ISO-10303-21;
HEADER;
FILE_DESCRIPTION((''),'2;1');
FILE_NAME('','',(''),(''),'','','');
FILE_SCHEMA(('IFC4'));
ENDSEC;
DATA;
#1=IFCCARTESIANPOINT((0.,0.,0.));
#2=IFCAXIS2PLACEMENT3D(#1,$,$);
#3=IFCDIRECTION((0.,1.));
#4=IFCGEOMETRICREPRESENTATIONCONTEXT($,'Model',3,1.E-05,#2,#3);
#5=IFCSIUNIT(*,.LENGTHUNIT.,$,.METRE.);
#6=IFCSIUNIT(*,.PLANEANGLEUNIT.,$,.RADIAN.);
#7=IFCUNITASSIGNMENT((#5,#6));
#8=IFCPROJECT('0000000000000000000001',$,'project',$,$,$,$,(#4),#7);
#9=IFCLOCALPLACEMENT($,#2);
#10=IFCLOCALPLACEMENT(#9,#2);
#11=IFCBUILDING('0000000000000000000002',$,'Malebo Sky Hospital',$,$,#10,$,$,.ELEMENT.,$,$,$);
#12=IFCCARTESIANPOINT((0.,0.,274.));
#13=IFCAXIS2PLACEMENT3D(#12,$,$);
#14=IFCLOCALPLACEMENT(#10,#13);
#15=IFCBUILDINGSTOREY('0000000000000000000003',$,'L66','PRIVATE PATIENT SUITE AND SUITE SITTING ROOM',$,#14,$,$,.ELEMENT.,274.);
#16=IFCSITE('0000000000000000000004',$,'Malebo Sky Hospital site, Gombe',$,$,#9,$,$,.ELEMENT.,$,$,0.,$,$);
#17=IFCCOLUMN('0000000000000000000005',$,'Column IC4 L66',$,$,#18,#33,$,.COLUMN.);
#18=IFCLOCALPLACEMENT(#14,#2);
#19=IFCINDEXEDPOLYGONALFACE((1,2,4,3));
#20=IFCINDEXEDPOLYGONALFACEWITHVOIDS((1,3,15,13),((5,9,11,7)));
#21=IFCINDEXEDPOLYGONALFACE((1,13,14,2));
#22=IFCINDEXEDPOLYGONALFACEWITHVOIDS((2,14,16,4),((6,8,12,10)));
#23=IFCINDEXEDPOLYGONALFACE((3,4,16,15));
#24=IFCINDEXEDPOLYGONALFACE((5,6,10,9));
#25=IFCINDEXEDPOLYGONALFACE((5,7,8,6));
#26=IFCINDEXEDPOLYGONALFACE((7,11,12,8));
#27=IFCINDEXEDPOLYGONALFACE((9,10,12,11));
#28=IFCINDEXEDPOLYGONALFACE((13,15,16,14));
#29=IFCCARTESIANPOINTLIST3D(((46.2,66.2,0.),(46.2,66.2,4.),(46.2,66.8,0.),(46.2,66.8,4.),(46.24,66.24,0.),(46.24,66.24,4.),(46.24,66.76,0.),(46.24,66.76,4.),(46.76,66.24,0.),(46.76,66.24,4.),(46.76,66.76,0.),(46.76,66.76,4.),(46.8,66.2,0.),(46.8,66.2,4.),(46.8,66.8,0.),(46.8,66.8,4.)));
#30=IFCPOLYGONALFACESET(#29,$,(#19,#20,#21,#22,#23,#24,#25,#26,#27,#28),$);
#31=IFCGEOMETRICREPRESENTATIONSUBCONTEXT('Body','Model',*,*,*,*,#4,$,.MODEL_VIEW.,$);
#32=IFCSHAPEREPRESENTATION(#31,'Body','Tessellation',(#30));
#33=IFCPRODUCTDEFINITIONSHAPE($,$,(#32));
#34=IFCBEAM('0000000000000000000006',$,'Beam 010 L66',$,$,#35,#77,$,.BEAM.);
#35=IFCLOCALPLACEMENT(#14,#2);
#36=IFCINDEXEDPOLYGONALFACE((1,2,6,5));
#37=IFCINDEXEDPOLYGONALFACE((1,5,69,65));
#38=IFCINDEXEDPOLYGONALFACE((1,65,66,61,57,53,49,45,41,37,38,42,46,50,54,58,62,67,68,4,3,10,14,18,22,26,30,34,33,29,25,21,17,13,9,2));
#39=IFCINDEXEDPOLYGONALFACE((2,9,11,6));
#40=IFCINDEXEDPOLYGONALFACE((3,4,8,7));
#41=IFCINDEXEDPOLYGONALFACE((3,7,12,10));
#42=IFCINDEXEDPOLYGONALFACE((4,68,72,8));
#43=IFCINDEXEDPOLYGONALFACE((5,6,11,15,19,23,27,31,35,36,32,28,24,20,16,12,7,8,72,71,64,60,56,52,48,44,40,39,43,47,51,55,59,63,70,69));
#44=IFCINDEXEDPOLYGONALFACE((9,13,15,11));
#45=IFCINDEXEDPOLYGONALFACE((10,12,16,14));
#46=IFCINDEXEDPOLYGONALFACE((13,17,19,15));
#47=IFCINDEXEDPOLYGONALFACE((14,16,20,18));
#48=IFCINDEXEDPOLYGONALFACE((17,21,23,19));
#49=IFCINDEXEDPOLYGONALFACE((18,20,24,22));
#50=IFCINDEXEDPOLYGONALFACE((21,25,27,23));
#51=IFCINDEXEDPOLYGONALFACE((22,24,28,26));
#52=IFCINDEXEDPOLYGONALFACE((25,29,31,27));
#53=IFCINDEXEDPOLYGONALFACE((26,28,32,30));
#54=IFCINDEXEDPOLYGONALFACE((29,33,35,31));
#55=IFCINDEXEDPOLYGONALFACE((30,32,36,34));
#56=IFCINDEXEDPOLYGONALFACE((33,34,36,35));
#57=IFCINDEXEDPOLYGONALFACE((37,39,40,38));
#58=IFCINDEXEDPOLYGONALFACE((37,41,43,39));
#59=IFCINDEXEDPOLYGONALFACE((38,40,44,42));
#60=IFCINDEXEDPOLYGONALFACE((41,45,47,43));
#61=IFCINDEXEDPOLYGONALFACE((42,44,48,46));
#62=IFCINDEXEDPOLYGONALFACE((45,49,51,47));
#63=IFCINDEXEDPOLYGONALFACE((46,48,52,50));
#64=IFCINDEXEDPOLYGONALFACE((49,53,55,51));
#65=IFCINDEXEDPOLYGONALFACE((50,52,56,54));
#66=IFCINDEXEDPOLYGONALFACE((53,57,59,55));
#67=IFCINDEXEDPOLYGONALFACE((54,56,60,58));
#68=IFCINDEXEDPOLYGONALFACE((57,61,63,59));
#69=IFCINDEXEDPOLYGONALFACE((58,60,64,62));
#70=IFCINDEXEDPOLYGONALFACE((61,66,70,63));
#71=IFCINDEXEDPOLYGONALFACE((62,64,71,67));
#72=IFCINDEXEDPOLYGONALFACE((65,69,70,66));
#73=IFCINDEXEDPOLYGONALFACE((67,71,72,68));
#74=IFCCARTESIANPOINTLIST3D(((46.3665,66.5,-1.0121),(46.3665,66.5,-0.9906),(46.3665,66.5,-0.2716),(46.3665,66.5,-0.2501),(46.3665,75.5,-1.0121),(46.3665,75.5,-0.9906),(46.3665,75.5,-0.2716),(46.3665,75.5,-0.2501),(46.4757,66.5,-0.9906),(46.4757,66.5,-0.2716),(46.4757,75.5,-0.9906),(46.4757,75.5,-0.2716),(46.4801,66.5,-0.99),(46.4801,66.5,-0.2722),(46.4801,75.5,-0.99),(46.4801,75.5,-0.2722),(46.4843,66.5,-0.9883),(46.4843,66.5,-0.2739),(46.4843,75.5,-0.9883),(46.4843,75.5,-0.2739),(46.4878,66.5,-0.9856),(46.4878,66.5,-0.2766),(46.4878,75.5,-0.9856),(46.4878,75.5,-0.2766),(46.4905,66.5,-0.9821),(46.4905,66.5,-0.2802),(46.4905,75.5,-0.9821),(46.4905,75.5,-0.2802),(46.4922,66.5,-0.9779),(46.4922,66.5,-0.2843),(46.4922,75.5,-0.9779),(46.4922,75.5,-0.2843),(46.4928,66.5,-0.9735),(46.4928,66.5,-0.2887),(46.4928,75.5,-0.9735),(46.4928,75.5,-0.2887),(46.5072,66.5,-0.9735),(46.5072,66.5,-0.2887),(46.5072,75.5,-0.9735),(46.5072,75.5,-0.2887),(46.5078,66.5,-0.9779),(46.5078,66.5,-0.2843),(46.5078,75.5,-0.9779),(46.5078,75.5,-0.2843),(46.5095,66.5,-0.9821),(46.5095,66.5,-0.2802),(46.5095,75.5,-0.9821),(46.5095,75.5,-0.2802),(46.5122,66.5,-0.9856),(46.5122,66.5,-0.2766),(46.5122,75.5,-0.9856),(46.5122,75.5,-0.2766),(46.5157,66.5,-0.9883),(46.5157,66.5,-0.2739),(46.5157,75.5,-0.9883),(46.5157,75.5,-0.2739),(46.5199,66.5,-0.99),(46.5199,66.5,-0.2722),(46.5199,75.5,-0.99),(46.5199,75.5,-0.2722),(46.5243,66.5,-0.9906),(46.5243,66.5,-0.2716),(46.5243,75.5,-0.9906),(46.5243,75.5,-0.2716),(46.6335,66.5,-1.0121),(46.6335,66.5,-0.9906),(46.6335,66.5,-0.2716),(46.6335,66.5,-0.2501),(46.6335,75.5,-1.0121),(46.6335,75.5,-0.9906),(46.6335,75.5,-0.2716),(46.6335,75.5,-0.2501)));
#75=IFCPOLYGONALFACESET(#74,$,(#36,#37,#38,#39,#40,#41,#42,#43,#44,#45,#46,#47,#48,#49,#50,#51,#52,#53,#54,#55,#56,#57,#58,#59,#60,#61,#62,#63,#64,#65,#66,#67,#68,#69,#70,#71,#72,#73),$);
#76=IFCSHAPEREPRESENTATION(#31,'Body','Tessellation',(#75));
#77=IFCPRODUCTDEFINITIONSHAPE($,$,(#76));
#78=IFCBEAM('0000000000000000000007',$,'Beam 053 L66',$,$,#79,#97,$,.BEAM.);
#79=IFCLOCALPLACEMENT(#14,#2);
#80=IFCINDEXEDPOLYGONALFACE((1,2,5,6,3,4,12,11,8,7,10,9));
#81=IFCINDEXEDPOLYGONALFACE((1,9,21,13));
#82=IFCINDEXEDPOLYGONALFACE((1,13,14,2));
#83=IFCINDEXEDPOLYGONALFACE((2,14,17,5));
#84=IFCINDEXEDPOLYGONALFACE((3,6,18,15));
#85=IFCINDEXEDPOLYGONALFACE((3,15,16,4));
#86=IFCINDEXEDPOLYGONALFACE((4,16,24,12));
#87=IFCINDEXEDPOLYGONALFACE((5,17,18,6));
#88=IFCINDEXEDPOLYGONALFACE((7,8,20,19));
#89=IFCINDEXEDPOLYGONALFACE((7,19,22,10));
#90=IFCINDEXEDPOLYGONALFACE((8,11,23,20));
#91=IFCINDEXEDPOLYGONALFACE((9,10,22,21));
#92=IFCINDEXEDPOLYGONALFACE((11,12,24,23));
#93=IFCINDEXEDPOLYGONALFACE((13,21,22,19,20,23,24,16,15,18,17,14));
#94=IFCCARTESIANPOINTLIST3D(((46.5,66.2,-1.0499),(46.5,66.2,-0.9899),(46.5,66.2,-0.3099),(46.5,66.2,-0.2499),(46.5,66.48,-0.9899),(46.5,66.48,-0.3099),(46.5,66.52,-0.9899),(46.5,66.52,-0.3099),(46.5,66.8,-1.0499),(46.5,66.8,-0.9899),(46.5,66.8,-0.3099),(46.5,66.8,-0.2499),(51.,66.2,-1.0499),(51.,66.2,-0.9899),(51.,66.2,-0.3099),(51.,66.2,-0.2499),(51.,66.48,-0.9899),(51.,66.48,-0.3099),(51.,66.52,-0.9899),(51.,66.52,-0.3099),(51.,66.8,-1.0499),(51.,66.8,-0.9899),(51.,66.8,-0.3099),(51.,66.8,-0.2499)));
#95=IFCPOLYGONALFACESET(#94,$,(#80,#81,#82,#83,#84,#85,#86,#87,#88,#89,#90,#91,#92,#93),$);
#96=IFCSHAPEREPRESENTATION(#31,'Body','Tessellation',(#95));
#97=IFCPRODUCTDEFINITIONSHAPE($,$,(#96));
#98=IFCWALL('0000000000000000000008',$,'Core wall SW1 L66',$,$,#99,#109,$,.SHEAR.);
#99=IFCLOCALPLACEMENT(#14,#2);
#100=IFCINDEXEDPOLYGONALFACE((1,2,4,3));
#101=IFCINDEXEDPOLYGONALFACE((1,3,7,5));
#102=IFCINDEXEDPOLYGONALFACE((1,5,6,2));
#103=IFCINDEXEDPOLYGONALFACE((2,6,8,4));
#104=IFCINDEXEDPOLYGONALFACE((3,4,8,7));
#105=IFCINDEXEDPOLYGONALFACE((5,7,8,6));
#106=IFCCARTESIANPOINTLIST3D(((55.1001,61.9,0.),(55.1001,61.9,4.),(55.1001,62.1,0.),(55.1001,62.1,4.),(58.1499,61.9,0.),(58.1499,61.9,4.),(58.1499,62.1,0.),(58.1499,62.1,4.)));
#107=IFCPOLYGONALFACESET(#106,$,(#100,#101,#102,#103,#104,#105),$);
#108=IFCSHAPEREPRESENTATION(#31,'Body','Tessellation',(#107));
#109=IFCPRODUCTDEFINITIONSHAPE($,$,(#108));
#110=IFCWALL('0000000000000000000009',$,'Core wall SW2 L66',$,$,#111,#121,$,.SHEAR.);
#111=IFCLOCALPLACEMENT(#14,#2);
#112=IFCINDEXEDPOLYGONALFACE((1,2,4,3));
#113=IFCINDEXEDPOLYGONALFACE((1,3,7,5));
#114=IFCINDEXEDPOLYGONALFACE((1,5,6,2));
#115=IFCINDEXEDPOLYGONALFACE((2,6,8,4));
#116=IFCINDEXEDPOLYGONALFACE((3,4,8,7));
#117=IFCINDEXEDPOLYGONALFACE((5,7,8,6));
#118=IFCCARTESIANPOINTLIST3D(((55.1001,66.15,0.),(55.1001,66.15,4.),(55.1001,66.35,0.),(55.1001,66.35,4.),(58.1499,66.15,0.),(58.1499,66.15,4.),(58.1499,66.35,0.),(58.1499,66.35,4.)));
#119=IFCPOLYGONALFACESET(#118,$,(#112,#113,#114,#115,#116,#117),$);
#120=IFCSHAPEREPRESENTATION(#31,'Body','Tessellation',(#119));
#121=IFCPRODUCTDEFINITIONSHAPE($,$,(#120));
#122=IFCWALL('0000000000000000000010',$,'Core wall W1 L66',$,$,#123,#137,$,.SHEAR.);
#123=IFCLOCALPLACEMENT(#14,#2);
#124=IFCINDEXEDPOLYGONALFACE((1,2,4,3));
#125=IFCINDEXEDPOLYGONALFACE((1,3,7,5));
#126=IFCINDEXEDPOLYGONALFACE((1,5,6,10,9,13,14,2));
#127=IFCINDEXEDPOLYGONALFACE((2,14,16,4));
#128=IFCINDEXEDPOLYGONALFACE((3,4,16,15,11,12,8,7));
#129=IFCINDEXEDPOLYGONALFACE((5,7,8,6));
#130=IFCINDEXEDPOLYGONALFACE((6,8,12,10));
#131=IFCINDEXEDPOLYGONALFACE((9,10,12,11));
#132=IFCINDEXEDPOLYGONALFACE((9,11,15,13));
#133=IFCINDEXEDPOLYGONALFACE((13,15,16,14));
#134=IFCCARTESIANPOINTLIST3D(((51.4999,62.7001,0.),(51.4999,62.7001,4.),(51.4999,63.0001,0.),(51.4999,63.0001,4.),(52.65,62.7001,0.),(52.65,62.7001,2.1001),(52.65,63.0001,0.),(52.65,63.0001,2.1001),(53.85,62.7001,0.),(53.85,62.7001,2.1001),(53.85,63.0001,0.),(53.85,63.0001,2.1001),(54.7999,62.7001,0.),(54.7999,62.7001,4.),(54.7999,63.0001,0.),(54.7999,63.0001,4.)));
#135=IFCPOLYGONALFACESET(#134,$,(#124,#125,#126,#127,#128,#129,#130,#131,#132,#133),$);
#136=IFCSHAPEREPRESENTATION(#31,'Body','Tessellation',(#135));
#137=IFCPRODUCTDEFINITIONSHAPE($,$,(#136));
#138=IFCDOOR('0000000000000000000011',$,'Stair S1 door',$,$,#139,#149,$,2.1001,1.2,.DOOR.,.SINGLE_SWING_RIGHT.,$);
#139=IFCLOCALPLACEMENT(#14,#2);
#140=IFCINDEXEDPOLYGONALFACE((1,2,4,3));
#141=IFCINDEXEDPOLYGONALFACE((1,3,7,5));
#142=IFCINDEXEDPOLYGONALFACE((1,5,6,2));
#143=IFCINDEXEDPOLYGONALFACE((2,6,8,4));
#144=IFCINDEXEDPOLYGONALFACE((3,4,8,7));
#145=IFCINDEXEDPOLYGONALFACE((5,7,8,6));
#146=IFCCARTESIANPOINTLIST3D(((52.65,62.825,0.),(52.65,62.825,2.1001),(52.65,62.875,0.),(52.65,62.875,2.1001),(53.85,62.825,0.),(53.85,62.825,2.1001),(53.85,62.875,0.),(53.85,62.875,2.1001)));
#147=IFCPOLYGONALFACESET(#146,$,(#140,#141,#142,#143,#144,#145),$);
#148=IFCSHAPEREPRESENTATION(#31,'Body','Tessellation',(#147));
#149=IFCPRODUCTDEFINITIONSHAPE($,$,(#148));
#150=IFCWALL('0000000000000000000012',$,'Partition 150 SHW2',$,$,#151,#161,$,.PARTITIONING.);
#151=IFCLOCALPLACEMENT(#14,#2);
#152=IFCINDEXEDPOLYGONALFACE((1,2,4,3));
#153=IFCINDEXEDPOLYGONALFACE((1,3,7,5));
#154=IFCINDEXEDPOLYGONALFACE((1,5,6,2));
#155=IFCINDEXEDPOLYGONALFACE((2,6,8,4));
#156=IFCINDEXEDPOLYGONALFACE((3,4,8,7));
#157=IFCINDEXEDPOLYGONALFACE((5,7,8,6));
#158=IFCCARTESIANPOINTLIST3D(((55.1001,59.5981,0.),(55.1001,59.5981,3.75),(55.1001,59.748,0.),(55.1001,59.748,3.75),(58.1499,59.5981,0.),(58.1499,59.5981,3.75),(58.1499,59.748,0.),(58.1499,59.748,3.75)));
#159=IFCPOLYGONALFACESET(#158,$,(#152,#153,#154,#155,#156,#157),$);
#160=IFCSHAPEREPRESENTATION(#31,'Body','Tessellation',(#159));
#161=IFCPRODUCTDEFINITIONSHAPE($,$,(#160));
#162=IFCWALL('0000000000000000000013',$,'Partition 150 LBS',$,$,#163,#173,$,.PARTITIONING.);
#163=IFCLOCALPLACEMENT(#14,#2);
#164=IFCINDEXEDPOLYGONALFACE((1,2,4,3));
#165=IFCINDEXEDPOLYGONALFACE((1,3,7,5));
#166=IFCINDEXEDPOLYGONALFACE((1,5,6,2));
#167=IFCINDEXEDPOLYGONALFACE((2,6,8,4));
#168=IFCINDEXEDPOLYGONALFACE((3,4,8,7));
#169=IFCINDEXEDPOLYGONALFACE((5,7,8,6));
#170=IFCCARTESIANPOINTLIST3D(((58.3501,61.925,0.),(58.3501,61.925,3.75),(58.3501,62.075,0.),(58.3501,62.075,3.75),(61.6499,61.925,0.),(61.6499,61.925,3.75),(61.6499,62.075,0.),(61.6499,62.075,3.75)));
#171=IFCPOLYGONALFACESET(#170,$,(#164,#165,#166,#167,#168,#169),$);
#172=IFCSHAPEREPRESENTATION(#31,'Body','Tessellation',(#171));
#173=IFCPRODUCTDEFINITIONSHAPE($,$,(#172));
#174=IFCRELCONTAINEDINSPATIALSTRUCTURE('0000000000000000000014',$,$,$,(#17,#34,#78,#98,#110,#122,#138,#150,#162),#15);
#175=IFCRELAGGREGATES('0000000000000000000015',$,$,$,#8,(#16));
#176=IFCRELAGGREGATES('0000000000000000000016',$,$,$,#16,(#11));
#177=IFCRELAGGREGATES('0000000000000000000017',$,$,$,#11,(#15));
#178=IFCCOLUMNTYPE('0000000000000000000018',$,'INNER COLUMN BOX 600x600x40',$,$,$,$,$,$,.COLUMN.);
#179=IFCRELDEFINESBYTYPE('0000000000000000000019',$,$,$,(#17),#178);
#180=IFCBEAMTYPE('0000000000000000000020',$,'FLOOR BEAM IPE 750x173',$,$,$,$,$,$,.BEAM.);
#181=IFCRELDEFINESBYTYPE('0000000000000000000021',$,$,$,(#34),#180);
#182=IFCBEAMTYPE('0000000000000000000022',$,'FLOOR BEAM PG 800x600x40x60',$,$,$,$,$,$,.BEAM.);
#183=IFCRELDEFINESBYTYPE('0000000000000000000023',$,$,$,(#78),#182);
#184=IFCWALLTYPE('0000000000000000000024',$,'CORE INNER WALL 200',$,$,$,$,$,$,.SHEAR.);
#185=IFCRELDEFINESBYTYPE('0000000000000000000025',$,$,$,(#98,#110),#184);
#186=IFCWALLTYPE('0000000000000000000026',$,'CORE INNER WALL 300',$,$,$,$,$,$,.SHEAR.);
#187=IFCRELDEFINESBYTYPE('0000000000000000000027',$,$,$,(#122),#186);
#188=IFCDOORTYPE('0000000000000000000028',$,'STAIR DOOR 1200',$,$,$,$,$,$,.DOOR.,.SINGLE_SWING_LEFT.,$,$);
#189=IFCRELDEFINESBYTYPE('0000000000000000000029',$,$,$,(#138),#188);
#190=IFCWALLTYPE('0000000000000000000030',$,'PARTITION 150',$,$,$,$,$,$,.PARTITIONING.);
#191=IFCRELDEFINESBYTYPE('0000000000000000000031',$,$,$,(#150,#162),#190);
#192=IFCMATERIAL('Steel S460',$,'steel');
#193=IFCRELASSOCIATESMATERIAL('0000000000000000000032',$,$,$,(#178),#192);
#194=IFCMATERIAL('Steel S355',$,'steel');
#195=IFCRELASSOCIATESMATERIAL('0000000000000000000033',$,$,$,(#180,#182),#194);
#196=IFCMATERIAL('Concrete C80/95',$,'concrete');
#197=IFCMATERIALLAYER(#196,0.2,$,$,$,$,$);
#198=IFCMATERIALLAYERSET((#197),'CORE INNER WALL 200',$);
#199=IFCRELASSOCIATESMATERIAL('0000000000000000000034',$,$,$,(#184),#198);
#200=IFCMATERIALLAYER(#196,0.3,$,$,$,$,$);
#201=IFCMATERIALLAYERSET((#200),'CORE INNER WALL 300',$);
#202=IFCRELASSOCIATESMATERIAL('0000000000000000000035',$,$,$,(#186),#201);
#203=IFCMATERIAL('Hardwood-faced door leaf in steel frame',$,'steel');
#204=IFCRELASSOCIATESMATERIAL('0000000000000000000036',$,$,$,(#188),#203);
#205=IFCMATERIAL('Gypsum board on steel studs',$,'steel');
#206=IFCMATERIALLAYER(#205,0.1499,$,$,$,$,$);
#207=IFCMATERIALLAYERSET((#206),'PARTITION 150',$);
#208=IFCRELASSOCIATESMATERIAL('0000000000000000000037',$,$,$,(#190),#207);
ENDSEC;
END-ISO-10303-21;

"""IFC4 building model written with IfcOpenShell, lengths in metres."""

from ifc_helpers import new_model, si_unit, direction, frame, frame_2d, origin, origin_2d, place, context, subcontext, project, spatial, rectangle, hollow_rectangle, i_section, extrude, material, layer, layer_set, material_profile, profile_set, type_object, element, fill, save


model = new_model("IFC4")

# Units and contexts
model_context = context("Model", 3, precision=1e-05, world=origin(), true_north=direction((0.0, 1.0)))
body_context = subcontext(model_context, "Body", "Model", "MODEL_VIEW")
ifc_project = project(units=[si_unit("LENGTHUNIT", "METRE"), si_unit("PLANEANGLEUNIT", "RADIAN")], contexts=[model_context])

# Site, building, storey
site_placement = place(None, origin())
site = spatial("IfcSite", under=ifc_project, at=site_placement, Name="Malebo Sky Hospital site, Gombe", CompositionType="ELEMENT", RefElevation=0.0)
building_placement = place(site_placement, origin())
building = spatial("IfcBuilding", under=site, at=building_placement, Name="Malebo Sky Hospital", CompositionType="ELEMENT")
storey_placement = place(building_placement, frame((0.0, 0.0, 274.0)))
storey = spatial("IfcBuildingStorey", under=building, at=storey_placement, Name="L66", Description="PRIVATE PATIENT SUITE AND SUITE SITTING ROOM", CompositionType="ELEMENT", Elevation=274.0)

# Column
ifc_material_1 = material(Name="Steel S460", Category="steel")
ifc_material_profile_1 = material_profile(ifc_material_1, hollow_rectangle(XDim=0.6001, YDim=0.6001, WallThickness=0.04, at=origin_2d()), Name="BOX 600x600x40")
ifc_profile_set_1 = profile_set([ifc_material_profile_1], Name="Steel S460")
column_type = type_object("IfcColumnType", Name="INNER COLUMN BOX 600x600x40", PredefinedType="COLUMN", material=ifc_profile_set_1)
column_placement = place(storey_placement, frame((46.5, 66.5, 0.0), z_axis=(0.0, 0.0, 1.0), x_axis=(1.0, 0.0, 0.0)))
element("IfcColumn", 1, at=column_placement, inside=storey, type_object=column_type, Name="Column IC4 L66", PredefinedType="COLUMN", context=body_context, shape_type="SweptSolid", body=[
    extrude(hollow_rectangle(XDim=0.6001, YDim=0.6001, WallThickness=0.04, at=origin_2d()), origin(), (0.0, 0.0, 1.0), 4.0),
])

# Beams
ifc_material_2 = material(Name="Steel S355", Category="steel")
ifc_material_profile_2 = material_profile(ifc_material_2, i_section(OverallWidth=0.2671, OverallDepth=0.762, WebThickness=0.0144, FlangeThickness=0.0215, FilletRadius=0.0171, at=origin_2d()), Name="IPE 750x173")
ifc_profile_set_2 = profile_set([ifc_material_profile_2], Name="Steel S355")
beam_type_1 = type_object("IfcBeamType", Name="FLOOR BEAM IPE 750x173", PredefinedType="BEAM", material=ifc_profile_set_2)
beam_1_placement = place(storey_placement, frame((46.5, 66.5, -0.6311), z_axis=(0.0, 1.0, 0.0), x_axis=(-1.0, 0.0, 0.0)))
element("IfcBeam", 2, at=beam_1_placement, inside=storey, type_object=beam_type_1, Name="Beam 010 L66", PredefinedType="BEAM", context=body_context, shape_type="SweptSolid", body=[
    extrude(i_section(OverallWidth=0.2671, OverallDepth=0.762, WebThickness=0.0144, FlangeThickness=0.0215, FilletRadius=0.0171, at=origin_2d()), origin(), (0.0, 0.0, 1.0), 9.0),
])
ifc_material_profile_3 = material_profile(ifc_material_2, i_section(OverallWidth=0.6001, OverallDepth=0.8, WebThickness=0.04, FlangeThickness=0.0601, at=origin_2d()), Name="PG 800x600x40x60")
ifc_profile_set_3 = profile_set([ifc_material_profile_3], Name="Steel S355")
beam_type_2 = type_object("IfcBeamType", Name="FLOOR BEAM PG 800x600x40x60", PredefinedType="BEAM", material=ifc_profile_set_3)
beam_2_placement = place(storey_placement, frame((46.5, 66.5, -0.6499), z_axis=(1.0, 0.0, 0.0), x_axis=(0.0, 1.0, 0.0)))
element("IfcBeam", 3, at=beam_2_placement, inside=storey, type_object=beam_type_2, Name="Beam 053 L66", PredefinedType="BEAM", context=body_context, shape_type="SweptSolid", body=[
    extrude(i_section(OverallWidth=0.6001, OverallDepth=0.8, WebThickness=0.04, FlangeThickness=0.0601, at=origin_2d()), origin(), (0.0, 0.0, 1.0), 4.5),
])

# Walls
ifc_material_3 = material(Name="Concrete C80/95", Category="concrete")
ifc_layer_1 = layer(ifc_material_3, 0.2)
ifc_layer_set_1 = layer_set([ifc_layer_1], Name="CORE INNER WALL 200")
wall_type_1 = type_object("IfcWallType", Name="CORE INNER WALL 200", PredefinedType="SHEAR", material=ifc_layer_set_1)
for number, where, z_axis, x_axis, name in (
    (4, (55.1001, 62.0, 0.0), (0.0, 0.0, 1.0), (1.0, 0.0, 0.0), "Core wall SW1 L66"),
    (5, (55.1001, 66.25, 0.0), (0.0, 0.0, 1.0), (1.0, 0.0, 0.0), "Core wall SW2 L66"),
):
    element("IfcWall", number, at=place(storey_placement, frame(where, z_axis=z_axis, x_axis=x_axis)), inside=storey, type_object=wall_type_1, Name=name, PredefinedType="SHEAR", context=body_context, shape_type="SweptSolid", body=[
        extrude(rectangle(XDim=3.0498, YDim=0.2, at=frame_2d((1.5249, 0.0))), origin(), (0.0, 0.0, 1.0), 4.0),
    ])

# Wall, opening, door
ifc_layer_2 = layer(ifc_material_3, 0.3)
ifc_layer_set_2 = layer_set([ifc_layer_2], Name="CORE INNER WALL 300")
wall_type_2 = type_object("IfcWallType", Name="CORE INNER WALL 300", PredefinedType="SHEAR", material=ifc_layer_set_2)
wall_1_placement = place(storey_placement, frame((51.5, 62.8501, 0.0), z_axis=(0.0, 0.0, 1.0), x_axis=(1.0, 0.0, 0.0)))
wall_1 = element("IfcWall", 6, at=wall_1_placement, inside=storey, type_object=wall_type_2, Name="Core wall W1 L66", PredefinedType="SHEAR", context=body_context, shape_type="SweptSolid", body=[
    extrude(rectangle(XDim=3.3, YDim=0.3, at=frame_2d((1.6499, 0.0))), origin(), (0.0, 0.0, 1.0), 4.0),
])
opening_1_placement = place(wall_1_placement, frame((1.1499, 0.0, 0.0)))
opening_1 = element("IfcOpeningElement", 7, at=opening_1_placement, cuts=wall_1, PredefinedType="OPENING", context=body_context, shape_type="SweptSolid", body=[
    extrude(rectangle(XDim=1.2, YDim=2.1001, at=frame_2d((0.6001, 1.05))), frame((0.0, 0.1599, 0.0), z_axis=(0.0, -1.0, 0.0), x_axis=(1.0, 0.0, 0.0)), (0.0, 0.0, 1.0), 0.3201),
])
ifc_material_4 = material(Name="Hardwood-faced door leaf in steel frame", Category="steel")
door_type_1 = type_object("IfcDoorType", Name="STAIR DOOR 1200", OperationType="SINGLE_SWING_LEFT", PredefinedType="DOOR", material=ifc_material_4)
door_1_placement = place(opening_1_placement, origin())
door_1 = element("IfcDoor", 8, at=door_1_placement, inside=storey, type_object=door_type_1, Name="Stair S1 door", OperationType="SINGLE_SWING_RIGHT", OverallHeight=2.1001, OverallWidth=1.2, PredefinedType="DOOR", context=body_context, shape_type="SweptSolid", body=[
    extrude(rectangle(XDim=1.2, YDim=2.1001, at=frame_2d((0.6001, 1.05))), frame((0.0, 0.0249, 0.0), z_axis=(0.0, -1.0, 0.0), x_axis=(1.0, 0.0, 0.0)), (0.0, 0.0, 1.0), 0.05),
])
fill(opening_1, door_1)

# Walls
ifc_material_5 = material(Name="Gypsum board on steel studs", Category="steel")
ifc_layer_3 = layer(ifc_material_5, 0.1499)
ifc_layer_set_3 = layer_set([ifc_layer_3], Name="PARTITION 150")
wall_type_3 = type_object("IfcWallType", Name="PARTITION 150", PredefinedType="PARTITIONING", material=ifc_layer_set_3)
wall_2_placement = place(storey_placement, frame((55.1001, 59.6731, 0.0), z_axis=(0.0, 0.0, 1.0), x_axis=(1.0, 0.0, 0.0)))
element("IfcWall", 9, at=wall_2_placement, inside=storey, type_object=wall_type_3, Name="Partition 150 SHW2", PredefinedType="PARTITIONING", context=body_context, shape_type="SweptSolid", body=[
    extrude(rectangle(XDim=3.0498, YDim=0.1499, at=frame_2d((1.5249, 0.0))), origin(), (0.0, 0.0, 1.0), 3.75),
])
wall_3_placement = place(storey_placement, frame((58.3501, 62.0, 0.0), z_axis=(0.0, 0.0, 1.0), x_axis=(1.0, 0.0, 0.0)))
element("IfcWall", 10, at=wall_3_placement, inside=storey, type_object=wall_type_3, Name="Partition 150 LBS", PredefinedType="PARTITIONING", context=body_context, shape_type="SweptSolid", body=[
    extrude(rectangle(XDim=3.2998, YDim=0.1499, at=frame_2d((1.6499, 0.0))), origin(), (0.0, 0.0, 1.0), 3.75),
])

save(model, "model.ifc")
